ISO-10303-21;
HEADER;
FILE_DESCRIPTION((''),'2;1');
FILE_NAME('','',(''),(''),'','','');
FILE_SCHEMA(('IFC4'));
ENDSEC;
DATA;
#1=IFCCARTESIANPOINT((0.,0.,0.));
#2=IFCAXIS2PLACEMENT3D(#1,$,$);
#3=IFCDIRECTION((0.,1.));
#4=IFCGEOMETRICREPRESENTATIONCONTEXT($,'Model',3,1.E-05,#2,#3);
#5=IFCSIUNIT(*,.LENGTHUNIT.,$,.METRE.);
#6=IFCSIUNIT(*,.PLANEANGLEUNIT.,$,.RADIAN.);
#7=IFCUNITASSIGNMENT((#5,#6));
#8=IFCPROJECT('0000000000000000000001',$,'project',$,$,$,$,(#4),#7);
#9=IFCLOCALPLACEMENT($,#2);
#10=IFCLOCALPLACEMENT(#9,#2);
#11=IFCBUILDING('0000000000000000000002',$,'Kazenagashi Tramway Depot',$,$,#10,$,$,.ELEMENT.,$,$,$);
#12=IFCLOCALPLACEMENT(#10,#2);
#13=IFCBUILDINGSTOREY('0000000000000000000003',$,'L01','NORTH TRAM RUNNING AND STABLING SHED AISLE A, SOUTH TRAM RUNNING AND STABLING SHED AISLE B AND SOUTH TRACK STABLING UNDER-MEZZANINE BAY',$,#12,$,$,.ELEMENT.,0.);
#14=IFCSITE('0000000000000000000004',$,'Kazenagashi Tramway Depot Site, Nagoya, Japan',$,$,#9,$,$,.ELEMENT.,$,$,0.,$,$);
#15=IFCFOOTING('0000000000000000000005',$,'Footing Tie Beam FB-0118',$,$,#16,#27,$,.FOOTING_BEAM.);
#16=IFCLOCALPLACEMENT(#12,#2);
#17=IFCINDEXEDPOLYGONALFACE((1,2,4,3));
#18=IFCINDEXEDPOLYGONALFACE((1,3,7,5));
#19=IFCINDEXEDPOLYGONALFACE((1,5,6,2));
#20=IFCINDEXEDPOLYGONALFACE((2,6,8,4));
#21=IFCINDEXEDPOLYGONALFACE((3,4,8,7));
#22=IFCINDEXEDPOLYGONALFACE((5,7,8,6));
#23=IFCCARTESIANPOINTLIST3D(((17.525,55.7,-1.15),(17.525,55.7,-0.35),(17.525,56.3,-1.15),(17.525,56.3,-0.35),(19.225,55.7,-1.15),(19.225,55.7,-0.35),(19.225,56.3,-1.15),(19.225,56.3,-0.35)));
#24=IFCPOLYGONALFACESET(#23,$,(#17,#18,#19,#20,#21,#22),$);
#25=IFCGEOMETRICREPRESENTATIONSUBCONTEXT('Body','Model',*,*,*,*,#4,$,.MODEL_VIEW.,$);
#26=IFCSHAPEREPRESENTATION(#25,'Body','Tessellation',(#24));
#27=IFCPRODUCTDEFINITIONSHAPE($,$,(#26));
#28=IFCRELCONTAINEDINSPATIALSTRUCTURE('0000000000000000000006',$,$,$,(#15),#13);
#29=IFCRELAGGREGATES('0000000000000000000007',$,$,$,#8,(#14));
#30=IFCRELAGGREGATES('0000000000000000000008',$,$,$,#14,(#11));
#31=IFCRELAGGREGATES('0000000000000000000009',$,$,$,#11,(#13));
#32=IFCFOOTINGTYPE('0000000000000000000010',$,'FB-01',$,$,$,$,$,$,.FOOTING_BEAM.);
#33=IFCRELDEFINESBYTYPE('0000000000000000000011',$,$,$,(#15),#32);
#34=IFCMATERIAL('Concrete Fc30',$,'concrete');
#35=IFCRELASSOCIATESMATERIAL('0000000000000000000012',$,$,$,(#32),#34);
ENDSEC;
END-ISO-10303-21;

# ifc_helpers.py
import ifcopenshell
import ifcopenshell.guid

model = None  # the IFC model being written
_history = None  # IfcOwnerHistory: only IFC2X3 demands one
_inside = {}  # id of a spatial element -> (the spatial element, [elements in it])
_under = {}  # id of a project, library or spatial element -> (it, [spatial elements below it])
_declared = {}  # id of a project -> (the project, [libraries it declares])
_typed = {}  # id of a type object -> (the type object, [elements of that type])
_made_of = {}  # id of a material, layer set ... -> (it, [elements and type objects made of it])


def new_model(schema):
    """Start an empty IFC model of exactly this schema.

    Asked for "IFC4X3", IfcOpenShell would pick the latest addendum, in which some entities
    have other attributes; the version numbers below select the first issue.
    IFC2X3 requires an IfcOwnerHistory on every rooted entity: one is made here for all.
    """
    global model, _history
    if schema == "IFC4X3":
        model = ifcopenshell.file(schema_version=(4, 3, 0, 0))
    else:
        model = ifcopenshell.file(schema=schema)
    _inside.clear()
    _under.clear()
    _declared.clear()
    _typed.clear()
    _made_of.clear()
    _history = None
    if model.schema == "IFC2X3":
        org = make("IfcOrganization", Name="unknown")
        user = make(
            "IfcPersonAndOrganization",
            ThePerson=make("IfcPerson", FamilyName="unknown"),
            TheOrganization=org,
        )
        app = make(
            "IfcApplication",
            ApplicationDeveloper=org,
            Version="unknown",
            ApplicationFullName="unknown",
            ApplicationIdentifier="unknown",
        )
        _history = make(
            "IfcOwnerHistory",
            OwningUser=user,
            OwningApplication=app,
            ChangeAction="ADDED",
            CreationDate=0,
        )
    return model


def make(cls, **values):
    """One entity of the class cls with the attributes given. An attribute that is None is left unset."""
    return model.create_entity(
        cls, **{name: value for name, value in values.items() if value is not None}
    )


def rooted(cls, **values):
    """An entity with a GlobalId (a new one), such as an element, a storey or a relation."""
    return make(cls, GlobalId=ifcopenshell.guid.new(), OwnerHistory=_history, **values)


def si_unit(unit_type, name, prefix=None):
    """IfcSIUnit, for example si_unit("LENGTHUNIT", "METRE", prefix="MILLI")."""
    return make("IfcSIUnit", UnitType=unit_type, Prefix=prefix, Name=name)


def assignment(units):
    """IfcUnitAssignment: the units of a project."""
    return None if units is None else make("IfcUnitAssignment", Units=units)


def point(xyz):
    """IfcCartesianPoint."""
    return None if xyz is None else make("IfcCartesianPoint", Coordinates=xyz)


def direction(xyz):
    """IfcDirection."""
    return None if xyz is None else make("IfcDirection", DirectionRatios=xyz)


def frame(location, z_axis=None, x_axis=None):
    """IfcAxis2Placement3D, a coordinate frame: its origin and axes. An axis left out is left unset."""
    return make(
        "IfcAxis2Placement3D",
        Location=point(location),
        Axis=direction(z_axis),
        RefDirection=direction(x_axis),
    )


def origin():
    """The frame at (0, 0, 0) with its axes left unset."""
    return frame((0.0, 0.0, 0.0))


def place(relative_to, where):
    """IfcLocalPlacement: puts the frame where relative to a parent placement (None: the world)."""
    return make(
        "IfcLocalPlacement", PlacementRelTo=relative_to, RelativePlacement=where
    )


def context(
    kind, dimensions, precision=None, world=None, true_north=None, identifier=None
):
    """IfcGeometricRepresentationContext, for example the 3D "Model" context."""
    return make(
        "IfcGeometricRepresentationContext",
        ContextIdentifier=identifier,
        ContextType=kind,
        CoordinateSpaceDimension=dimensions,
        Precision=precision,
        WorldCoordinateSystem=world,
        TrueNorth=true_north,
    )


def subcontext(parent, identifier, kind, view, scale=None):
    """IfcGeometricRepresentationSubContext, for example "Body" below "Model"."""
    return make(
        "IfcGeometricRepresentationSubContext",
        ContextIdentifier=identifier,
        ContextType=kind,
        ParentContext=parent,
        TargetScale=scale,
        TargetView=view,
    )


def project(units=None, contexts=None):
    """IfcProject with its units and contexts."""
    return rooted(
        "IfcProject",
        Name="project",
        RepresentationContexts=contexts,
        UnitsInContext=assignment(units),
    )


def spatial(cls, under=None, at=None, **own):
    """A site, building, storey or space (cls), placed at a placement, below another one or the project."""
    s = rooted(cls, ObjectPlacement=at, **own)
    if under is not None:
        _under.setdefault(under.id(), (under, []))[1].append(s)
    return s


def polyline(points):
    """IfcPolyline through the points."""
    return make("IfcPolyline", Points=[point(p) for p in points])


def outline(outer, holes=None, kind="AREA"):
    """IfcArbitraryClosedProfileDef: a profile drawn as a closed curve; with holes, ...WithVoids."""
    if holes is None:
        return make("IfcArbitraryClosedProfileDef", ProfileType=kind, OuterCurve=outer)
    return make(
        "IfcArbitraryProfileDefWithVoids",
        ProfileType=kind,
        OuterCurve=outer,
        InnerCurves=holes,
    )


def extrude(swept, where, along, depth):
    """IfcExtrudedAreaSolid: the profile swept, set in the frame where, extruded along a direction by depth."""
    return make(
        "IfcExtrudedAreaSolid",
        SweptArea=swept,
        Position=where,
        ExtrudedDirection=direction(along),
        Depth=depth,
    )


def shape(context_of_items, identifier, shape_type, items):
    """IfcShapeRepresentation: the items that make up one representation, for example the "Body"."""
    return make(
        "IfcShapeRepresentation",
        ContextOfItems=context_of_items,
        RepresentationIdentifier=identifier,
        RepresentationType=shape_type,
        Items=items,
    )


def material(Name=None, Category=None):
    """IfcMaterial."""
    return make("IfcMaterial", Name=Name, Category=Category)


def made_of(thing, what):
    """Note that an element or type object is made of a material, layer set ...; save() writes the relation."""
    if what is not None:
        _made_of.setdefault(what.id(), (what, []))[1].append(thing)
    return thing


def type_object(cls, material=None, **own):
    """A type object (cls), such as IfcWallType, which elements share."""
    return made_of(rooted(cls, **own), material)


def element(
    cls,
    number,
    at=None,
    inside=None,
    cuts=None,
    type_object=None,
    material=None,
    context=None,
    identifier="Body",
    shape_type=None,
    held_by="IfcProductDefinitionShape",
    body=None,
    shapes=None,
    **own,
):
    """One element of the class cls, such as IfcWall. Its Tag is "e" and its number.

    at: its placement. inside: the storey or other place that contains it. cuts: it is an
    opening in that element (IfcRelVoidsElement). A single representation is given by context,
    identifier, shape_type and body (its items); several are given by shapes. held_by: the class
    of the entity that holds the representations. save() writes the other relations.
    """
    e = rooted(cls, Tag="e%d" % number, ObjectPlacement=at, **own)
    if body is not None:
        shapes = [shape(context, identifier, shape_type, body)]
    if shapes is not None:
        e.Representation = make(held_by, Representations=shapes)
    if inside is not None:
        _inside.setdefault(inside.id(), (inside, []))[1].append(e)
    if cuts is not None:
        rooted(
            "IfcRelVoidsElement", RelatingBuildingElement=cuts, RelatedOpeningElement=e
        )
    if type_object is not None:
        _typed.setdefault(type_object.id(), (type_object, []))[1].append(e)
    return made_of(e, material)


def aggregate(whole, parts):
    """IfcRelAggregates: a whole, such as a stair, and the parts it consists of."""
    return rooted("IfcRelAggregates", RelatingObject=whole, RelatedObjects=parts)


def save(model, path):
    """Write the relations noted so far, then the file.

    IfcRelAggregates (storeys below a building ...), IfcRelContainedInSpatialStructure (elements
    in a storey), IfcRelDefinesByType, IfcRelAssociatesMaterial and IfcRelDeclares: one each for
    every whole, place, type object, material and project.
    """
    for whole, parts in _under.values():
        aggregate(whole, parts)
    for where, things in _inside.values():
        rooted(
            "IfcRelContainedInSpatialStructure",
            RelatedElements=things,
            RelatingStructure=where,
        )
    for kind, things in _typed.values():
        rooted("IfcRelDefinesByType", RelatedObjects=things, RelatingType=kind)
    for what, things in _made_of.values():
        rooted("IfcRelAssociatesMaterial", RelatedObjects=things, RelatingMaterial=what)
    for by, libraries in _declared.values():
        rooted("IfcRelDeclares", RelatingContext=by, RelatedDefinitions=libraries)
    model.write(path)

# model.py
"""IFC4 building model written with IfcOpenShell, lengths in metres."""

from ifc_helpers import new_model, si_unit, direction, frame, origin, place, context, subcontext, project, spatial, polyline, outline, extrude, material, type_object, element, save


model = new_model("IFC4")

# Units and contexts
model_context = context("Model", 3, precision=1e-05, world=origin(), true_north=direction((0.0, 1.0)))
body_context = subcontext(model_context, "Body", "Model", "MODEL_VIEW")
ifc_project = project(units=[si_unit("LENGTHUNIT", "METRE"), si_unit("PLANEANGLEUNIT", "RADIAN")], contexts=[model_context])

# Site, building, storey
site_placement = place(None, origin())
site = spatial("IfcSite", under=ifc_project, at=site_placement, Name="Kazenagashi Tramway Depot Site, Nagoya, Japan", CompositionType="ELEMENT", RefElevation=0.0)
building_placement = place(site_placement, origin())
building = spatial("IfcBuilding", under=site, at=building_placement, Name="Kazenagashi Tramway Depot", CompositionType="ELEMENT")
storey_placement = place(building_placement, origin())
storey = spatial("IfcBuildingStorey", under=building, at=storey_placement, Name="L01", Description="NORTH TRAM RUNNING AND STABLING SHED AISLE A, SOUTH TRAM RUNNING AND STABLING SHED AISLE B AND SOUTH TRACK STABLING UNDER-MEZZANINE BAY", CompositionType="ELEMENT", Elevation=0.0)

# Footing
ifc_material = material(Name="Concrete Fc30", Category="concrete")
footing_type = type_object("IfcFootingType", Name="FB-01", PredefinedType="FOOTING_BEAM", material=ifc_material)
footing_1_placement = place(storey_placement, frame((0.0, 0.0, -1.15)))
element("IfcFooting", 1, at=footing_1_placement, inside=storey, type_object=footing_type, Name="Footing Tie Beam FB-0118", PredefinedType="FOOTING_BEAM", context=body_context, shape_type="SweptSolid", body=[
    extrude(outline(polyline([(17.525, 55.7), (19.225, 55.7), (19.225, 56.3), (17.525, 56.3), (17.525, 55.7)])), origin(), (0.0, 0.0, 1.0), 0.8),
])

save(model, "model.ifc")
